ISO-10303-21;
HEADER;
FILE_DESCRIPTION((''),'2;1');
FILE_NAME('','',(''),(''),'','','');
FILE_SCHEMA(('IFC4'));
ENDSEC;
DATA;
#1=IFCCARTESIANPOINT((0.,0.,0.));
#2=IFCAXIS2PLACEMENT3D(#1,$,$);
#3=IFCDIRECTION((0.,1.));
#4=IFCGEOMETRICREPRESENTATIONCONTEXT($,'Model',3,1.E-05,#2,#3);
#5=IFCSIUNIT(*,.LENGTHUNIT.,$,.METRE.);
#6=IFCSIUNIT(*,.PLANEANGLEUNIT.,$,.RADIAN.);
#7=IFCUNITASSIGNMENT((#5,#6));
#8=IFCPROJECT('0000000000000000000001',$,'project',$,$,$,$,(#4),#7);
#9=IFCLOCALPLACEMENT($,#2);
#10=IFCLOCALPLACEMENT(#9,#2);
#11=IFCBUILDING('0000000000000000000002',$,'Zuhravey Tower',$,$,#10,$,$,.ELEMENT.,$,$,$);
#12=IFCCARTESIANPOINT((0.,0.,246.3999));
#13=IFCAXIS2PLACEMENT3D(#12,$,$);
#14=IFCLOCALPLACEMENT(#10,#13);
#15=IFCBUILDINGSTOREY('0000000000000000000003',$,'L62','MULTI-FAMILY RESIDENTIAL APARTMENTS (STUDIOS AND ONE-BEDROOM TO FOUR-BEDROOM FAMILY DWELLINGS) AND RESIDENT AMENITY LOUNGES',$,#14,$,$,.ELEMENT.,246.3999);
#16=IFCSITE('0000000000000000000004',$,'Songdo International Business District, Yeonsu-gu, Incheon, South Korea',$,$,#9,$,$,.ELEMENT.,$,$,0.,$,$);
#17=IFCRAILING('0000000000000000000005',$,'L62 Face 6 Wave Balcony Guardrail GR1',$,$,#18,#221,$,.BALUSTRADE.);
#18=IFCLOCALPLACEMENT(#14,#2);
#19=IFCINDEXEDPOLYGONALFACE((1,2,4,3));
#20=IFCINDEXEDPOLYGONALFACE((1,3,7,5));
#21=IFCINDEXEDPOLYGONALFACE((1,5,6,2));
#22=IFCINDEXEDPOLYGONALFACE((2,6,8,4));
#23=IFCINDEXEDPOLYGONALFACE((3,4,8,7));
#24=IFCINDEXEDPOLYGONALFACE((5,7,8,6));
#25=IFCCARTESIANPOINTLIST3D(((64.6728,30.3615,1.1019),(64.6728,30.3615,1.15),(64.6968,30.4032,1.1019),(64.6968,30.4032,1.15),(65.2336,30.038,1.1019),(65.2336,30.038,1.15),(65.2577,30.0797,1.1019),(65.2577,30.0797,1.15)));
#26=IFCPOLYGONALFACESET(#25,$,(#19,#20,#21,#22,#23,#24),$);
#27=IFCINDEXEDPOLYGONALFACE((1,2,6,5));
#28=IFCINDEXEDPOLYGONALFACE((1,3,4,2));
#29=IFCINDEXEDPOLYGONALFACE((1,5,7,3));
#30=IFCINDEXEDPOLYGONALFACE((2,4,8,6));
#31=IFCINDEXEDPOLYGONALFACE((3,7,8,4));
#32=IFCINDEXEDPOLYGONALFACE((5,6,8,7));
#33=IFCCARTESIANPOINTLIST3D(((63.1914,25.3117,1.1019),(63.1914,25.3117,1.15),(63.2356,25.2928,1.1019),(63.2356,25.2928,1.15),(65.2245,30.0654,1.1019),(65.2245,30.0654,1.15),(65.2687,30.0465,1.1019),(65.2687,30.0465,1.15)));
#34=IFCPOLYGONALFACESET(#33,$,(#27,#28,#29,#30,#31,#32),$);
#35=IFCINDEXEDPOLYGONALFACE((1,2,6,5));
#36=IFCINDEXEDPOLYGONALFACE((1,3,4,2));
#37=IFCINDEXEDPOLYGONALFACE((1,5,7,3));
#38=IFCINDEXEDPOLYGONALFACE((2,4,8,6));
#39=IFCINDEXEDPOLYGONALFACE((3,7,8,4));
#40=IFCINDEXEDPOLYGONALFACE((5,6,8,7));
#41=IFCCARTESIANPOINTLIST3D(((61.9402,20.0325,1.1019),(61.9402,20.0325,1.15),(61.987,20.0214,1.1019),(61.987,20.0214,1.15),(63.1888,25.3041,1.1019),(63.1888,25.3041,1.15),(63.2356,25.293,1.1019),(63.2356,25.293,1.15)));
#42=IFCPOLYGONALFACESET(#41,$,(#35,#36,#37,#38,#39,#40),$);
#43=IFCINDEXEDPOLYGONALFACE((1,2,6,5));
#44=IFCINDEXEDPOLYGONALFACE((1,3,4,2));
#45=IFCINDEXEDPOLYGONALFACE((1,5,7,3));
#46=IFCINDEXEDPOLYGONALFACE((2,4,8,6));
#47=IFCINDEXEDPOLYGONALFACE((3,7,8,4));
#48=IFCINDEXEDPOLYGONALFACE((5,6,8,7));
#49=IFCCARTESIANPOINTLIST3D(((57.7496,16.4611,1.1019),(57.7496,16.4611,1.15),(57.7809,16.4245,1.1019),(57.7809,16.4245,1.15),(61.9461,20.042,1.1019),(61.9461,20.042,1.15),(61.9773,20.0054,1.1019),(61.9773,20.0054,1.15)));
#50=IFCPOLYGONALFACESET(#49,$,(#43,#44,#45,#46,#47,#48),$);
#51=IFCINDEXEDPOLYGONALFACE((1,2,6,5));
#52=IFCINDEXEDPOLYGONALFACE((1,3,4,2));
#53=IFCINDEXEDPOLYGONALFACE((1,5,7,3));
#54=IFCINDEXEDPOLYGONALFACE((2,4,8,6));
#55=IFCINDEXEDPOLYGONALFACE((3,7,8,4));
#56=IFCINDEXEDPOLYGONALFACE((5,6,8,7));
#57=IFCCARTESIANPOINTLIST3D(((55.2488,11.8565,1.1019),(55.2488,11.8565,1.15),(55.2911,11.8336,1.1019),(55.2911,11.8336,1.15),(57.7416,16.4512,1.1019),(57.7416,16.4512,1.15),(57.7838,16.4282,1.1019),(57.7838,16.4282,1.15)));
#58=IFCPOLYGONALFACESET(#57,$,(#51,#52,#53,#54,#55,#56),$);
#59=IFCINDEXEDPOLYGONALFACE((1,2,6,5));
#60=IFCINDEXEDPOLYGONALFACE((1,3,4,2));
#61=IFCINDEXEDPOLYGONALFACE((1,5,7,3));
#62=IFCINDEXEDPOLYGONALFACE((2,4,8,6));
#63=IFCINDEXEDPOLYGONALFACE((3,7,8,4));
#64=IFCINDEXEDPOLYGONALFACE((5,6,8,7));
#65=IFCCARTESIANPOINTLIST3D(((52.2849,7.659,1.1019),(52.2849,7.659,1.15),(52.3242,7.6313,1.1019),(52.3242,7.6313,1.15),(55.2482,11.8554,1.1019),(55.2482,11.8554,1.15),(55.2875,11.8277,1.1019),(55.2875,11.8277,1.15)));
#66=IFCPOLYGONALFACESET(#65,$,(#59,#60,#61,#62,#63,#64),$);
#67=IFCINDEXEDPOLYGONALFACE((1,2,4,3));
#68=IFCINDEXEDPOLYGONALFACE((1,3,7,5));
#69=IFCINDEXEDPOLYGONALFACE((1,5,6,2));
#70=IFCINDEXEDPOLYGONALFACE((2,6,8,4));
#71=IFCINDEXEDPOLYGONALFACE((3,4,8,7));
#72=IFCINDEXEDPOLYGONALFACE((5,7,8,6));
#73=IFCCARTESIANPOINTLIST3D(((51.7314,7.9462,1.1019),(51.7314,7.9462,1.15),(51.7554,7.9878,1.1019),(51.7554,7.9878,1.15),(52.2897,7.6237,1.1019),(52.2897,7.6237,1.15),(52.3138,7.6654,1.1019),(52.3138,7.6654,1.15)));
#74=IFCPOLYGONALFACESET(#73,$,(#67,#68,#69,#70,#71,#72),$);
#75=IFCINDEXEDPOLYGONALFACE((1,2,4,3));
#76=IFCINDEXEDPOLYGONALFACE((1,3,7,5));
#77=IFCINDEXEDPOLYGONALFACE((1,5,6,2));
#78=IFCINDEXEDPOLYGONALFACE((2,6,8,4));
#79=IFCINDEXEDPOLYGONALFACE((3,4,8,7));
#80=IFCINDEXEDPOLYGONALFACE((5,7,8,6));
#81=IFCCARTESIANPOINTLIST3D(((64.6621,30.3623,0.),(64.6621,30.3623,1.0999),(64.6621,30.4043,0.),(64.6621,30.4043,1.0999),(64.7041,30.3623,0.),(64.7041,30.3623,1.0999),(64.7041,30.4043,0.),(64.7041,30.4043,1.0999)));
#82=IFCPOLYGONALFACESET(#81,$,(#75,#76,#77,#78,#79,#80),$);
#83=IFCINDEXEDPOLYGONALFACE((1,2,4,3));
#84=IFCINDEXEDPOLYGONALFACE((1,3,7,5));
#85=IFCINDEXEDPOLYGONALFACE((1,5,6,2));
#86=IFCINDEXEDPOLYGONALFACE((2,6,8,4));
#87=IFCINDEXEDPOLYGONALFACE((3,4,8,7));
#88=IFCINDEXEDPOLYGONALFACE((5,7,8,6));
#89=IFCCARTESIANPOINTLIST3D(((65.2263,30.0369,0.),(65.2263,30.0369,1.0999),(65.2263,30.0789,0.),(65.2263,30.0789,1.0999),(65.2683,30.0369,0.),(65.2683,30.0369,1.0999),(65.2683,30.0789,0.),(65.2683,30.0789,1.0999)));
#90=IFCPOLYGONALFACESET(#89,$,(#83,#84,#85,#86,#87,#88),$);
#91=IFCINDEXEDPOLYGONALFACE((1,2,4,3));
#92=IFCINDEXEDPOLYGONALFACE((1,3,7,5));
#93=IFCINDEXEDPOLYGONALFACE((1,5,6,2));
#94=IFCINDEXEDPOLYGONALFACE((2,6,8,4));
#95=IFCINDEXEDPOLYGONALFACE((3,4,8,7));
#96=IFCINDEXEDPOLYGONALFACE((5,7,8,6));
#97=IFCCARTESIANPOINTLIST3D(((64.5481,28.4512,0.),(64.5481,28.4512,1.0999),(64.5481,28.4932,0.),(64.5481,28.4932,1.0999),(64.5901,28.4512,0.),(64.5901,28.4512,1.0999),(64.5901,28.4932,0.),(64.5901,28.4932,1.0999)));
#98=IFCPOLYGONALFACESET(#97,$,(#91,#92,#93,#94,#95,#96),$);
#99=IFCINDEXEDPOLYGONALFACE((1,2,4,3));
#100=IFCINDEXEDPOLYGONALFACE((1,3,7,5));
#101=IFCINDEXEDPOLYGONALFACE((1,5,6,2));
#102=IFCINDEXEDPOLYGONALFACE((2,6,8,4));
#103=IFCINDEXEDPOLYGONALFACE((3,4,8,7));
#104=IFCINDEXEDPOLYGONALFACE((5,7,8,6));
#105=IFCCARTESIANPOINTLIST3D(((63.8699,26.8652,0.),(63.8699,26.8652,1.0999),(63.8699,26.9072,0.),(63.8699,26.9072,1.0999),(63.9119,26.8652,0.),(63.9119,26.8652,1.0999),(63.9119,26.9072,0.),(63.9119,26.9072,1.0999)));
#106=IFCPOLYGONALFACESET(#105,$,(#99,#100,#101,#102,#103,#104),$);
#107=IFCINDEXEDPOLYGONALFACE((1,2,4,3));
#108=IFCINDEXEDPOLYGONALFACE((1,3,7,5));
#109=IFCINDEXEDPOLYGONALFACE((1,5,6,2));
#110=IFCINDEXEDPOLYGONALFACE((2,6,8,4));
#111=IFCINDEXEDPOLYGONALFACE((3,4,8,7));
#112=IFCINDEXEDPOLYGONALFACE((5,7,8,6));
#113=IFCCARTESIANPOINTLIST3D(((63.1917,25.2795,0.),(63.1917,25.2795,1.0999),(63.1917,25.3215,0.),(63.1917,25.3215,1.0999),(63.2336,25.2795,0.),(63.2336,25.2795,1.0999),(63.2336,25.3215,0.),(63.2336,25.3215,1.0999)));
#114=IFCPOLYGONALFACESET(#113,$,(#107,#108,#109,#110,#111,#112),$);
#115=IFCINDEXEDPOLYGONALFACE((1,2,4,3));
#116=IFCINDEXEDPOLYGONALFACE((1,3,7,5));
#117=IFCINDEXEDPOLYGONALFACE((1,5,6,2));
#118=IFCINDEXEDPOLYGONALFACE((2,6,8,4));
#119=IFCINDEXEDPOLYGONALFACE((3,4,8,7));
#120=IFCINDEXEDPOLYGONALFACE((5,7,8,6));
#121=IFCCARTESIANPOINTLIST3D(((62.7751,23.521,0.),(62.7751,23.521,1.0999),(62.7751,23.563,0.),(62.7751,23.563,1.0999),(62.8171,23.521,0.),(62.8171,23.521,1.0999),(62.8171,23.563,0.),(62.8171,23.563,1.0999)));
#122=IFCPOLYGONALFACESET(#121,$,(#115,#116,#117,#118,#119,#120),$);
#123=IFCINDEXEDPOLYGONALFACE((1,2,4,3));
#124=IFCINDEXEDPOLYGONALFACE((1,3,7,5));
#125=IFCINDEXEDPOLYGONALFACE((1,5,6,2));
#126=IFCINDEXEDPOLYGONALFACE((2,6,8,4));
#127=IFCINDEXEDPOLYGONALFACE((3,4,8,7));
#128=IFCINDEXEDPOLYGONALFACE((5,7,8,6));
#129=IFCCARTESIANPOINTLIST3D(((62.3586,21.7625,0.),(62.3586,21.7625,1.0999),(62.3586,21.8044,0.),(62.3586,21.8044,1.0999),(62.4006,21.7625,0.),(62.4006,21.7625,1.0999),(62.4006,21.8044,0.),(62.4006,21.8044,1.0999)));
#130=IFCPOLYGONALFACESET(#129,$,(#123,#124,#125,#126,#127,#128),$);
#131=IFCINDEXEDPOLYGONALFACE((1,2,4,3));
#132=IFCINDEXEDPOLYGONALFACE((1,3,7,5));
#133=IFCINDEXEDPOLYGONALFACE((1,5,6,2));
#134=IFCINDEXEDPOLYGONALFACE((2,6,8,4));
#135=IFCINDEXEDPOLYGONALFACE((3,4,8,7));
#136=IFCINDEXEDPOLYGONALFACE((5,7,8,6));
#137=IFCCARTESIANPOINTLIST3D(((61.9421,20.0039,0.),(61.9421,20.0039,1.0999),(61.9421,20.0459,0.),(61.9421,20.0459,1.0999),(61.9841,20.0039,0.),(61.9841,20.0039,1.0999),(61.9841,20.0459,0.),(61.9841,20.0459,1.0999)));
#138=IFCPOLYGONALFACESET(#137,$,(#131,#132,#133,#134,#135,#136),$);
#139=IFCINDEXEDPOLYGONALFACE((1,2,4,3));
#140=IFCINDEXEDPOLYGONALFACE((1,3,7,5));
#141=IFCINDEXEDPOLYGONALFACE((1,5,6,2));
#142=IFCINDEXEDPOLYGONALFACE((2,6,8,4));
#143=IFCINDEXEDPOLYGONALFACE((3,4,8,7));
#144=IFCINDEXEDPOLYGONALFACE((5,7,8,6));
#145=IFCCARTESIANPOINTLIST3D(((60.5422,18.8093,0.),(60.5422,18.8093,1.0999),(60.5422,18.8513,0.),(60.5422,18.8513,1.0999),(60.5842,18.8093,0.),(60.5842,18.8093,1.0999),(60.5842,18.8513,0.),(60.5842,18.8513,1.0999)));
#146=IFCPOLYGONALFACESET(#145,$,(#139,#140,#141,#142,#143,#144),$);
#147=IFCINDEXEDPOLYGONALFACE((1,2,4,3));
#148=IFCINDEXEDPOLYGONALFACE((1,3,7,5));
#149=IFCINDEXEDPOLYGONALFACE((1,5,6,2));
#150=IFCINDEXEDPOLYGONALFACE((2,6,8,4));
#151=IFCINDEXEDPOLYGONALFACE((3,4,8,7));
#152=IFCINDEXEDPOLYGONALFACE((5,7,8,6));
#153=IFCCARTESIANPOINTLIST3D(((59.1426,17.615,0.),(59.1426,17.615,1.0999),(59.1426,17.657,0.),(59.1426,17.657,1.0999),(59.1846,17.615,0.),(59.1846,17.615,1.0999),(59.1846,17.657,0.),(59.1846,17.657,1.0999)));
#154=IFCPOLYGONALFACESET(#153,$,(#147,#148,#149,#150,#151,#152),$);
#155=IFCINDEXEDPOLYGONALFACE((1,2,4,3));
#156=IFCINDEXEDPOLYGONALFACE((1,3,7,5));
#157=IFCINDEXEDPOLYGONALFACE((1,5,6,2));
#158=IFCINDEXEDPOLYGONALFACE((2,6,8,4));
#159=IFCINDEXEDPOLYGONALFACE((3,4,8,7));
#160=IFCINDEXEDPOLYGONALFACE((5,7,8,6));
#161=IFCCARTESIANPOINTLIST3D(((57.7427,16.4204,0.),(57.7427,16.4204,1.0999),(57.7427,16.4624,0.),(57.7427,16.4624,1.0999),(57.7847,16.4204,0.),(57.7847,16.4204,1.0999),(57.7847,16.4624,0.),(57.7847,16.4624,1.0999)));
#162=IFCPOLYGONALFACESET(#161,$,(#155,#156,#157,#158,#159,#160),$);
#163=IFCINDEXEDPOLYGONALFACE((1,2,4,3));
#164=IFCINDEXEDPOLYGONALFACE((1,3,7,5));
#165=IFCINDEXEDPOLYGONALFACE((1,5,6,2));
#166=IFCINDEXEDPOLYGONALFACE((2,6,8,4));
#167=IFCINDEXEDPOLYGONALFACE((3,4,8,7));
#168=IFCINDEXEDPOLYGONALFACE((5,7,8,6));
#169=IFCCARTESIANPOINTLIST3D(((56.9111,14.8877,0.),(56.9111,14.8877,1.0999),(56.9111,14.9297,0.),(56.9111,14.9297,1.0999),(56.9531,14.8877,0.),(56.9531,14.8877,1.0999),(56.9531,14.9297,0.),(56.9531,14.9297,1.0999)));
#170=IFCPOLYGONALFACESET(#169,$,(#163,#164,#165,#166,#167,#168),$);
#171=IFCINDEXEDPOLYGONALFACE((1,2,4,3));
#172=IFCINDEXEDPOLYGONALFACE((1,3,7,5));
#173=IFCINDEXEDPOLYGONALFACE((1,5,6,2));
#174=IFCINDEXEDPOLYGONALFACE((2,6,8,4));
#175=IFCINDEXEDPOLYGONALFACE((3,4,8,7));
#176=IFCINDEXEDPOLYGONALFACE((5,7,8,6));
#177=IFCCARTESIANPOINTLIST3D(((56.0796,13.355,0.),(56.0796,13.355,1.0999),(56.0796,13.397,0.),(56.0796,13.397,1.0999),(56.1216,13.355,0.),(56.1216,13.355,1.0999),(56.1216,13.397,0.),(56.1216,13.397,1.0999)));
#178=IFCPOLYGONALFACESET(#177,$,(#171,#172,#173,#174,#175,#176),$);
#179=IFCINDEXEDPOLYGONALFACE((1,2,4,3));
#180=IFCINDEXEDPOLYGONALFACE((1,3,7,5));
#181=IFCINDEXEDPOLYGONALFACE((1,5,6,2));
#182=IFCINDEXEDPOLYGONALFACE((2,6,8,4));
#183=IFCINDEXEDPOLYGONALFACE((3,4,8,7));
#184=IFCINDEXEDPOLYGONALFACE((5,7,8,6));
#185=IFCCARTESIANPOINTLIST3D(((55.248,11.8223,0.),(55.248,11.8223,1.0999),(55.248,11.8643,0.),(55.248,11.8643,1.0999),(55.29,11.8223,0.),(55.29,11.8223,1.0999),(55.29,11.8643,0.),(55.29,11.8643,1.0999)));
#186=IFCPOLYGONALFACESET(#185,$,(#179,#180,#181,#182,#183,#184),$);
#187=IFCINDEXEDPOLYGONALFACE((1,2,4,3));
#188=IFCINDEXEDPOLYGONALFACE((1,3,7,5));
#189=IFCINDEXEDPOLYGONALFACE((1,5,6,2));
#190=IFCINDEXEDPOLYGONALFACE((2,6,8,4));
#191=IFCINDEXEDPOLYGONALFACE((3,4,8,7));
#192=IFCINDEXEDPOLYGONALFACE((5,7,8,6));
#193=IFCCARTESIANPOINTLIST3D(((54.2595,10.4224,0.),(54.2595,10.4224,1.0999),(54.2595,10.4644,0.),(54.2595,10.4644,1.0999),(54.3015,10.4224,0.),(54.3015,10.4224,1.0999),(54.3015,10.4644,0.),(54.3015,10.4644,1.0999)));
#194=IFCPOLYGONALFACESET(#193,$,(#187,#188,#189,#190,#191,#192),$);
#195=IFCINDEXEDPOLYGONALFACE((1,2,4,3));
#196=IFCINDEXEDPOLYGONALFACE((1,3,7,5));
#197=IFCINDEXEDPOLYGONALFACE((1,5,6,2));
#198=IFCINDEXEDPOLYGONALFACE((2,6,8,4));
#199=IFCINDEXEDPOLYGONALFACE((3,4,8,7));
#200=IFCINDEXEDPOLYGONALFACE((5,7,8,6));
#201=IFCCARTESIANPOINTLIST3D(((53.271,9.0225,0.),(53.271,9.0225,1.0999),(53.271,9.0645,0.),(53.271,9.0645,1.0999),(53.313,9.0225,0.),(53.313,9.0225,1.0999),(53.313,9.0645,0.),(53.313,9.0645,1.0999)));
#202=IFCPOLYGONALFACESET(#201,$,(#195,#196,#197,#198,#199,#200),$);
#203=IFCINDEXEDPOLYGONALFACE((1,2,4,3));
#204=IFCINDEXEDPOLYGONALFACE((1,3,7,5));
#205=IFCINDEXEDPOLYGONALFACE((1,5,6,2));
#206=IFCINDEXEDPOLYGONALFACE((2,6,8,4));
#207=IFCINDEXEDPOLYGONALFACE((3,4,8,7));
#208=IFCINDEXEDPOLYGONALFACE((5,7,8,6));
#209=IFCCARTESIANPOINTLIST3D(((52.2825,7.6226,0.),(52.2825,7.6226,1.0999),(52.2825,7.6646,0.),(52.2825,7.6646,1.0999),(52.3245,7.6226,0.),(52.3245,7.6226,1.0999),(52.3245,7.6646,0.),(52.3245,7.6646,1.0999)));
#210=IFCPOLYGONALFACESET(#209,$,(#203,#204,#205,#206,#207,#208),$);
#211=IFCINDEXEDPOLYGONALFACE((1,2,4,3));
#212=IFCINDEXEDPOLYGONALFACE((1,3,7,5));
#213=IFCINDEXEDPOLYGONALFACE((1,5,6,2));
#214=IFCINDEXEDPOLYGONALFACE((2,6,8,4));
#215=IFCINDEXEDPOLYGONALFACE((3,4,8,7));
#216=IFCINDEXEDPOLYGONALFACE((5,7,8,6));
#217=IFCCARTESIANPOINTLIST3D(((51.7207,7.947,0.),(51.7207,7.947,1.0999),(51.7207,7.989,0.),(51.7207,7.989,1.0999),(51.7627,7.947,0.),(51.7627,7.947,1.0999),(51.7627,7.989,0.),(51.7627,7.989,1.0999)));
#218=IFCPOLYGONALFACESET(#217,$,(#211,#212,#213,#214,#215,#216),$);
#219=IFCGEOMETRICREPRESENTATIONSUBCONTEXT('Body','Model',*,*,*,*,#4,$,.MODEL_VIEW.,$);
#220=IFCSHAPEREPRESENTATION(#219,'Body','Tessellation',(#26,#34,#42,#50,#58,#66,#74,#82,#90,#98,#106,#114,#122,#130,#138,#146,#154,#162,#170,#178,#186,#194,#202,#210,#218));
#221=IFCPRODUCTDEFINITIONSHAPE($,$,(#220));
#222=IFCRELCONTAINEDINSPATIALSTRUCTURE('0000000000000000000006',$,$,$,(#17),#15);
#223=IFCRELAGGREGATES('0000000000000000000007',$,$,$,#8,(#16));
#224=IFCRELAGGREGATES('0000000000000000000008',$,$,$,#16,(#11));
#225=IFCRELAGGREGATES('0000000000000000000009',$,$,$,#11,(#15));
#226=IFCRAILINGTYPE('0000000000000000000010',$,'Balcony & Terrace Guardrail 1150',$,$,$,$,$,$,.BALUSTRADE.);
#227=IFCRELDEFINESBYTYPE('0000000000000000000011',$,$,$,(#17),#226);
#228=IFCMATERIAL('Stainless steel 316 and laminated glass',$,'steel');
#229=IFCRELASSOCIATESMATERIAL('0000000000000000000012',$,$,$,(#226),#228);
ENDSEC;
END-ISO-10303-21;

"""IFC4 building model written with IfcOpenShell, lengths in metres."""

from ifc_helpers import new_model, si_unit, direction, frame, origin, origin_2d, place, context, subcontext, project, spatial, rectangle, extrude, material, type_object, element, save


model = new_model("IFC4")

# Units and contexts
model_context = context("Model", 3, precision=1e-05, world=origin(), true_north=direction((0.0, 1.0)))
body_context = subcontext(model_context, "Body", "Model", "MODEL_VIEW")
ifc_project = project(units=[si_unit("LENGTHUNIT", "METRE"), si_unit("PLANEANGLEUNIT", "RADIAN")], contexts=[model_context])

# Site, building, storey
site_placement = place(None, origin())
site = spatial("IfcSite", under=ifc_project, at=site_placement, Name="Songdo International Business District, Yeonsu-gu, Incheon, South Korea", CompositionType="ELEMENT", RefElevation=0.0)
building_placement = place(site_placement, origin())
building = spatial("IfcBuilding", under=site, at=building_placement, Name="Zuhravey Tower", CompositionType="ELEMENT")
storey_placement = place(building_placement, frame((0.0, 0.0, 246.3999)))
storey = spatial("IfcBuildingStorey", under=building, at=storey_placement, Name="L62", Description="MULTI-FAMILY RESIDENTIAL APARTMENTS (STUDIOS AND ONE-BEDROOM TO FOUR-BEDROOM FAMILY DWELLINGS) AND RESIDENT AMENITY LOUNGES", CompositionType="ELEMENT", Elevation=246.3999)

# Railing
ifc_material_1 = material(Name="Stainless steel 316 and laminated glass", Category="steel")
railing_type = type_object("IfcRailingType", Name="Balcony & Terrace Guardrail 1150", PredefinedType="BALUSTRADE", material=ifc_material_1)
railing_placement = place(storey_placement, frame((64.6831, 30.3833, 0.0)))
element("IfcRailing", 1, at=railing_placement, inside=storey, type_object=railing_type, Name="L62 Face 6 Wave Balcony Guardrail GR1", PredefinedType="BALUSTRADE", context=body_context, shape_type="SweptSolid", body=[
    extrude(rectangle(XDim=0.0481, YDim=0.0481, at=origin_2d()), frame((0.0017, -0.001, 1.126), z_axis=(0.866229, -0.499647, 0.0), x_axis=(0.499647, 0.866229, 0.0)), (0.0, 0.0, 1.0), 0.6475),
    extrude(rectangle(XDim=0.0481, YDim=0.0481, at=origin_2d()), frame((0.5635, -0.3274, 1.126), z_axis=(-0.393236, -0.919438, 0.0), x_axis=(0.919438, -0.393236, 0.0)), (0.0, 0.0, 1.0), 5.1702),
    extrude(rectangle(XDim=0.0481, YDim=0.0481, at=origin_2d()), frame((-1.4709, -5.0847, 1.126), z_axis=(-0.23047, -0.973079, 0.0), x_axis=(0.973079, -0.23047, 0.0)), (0.0, 0.0, 1.0), 5.4175),
    extrude(rectangle(XDim=0.0481, YDim=0.0481, at=origin_2d()), frame((-2.7214, -10.3596, 1.126), z_axis=(-0.760691, -0.649114, 0.0), x_axis=(0.649114, -0.760691, 0.0)), (0.0, 0.0, 1.0), 5.5166),
    extrude(rectangle(XDim=0.0481, YDim=0.0481, at=origin_2d()), frame((-6.9204, -13.9436, 1.126), z_axis=(-0.476869, -0.878974, 0.0), x_axis=(0.878974, -0.476869, 0.0)), (0.0, 0.0, 1.0), 5.2273),
    extrude(rectangle(XDim=0.0481, YDim=0.0481, at=origin_2d()), frame((-9.4153, -18.5417, 1.126), z_axis=(-0.576823, -0.816869, 0.0), x_axis=(0.816869, -0.576823, 0.0)), (0.0, 0.0, 1.0), 5.1372),
    extrude(rectangle(XDim=0.0481, YDim=0.0481, at=origin_2d()), frame((-12.3813, -22.7388, 1.126), z_axis=(-0.865941, 0.500146, 0.0), x_axis=(-0.500146, -0.865941, 0.0)), (0.0, 0.0, 1.0), 0.6448),
    extrude(rectangle(XDim=0.042, YDim=0.042, at=origin_2d()), origin(), (0.0, 0.0, 1.0), 1.0999),
    extrude(rectangle(XDim=0.042, YDim=0.042, at=origin_2d()), frame((0.5642, -0.3254, 0.0)), (0.0, 0.0, 1.0), 1.0999),
    extrude(rectangle(XDim=0.042, YDim=0.042, at=origin_2d()), frame((-0.114, -1.9111, 0.0)), (0.0, 0.0, 1.0), 1.0999),
    extrude(rectangle(XDim=0.042, YDim=0.042, at=origin_2d()), frame((-0.7922, -3.4971, 0.0)), (0.0, 0.0, 1.0), 1.0999),
    extrude(rectangle(XDim=0.042, YDim=0.042, at=origin_2d()), frame((-1.4705, -5.0828, 0.0)), (0.0, 0.0, 1.0), 1.0999),
    extrude(rectangle(XDim=0.042, YDim=0.042, at=origin_2d()), frame((-1.887, -6.8413, 0.0)), (0.0, 0.0, 1.0), 1.0999),
    extrude(rectangle(XDim=0.042, YDim=0.042, at=origin_2d()), frame((-2.3035, -8.5999, 0.0)), (0.0, 0.0, 1.0), 1.0999),
    extrude(rectangle(XDim=0.042, YDim=0.042, at=origin_2d()), frame((-2.72, -10.3584, 0.0)), (0.0, 0.0, 1.0), 1.0999),
    extrude(rectangle(XDim=0.042, YDim=0.042, at=origin_2d()), frame((-4.1199, -11.553, 0.0)), (0.0, 0.0, 1.0), 1.0999),
    extrude(rectangle(XDim=0.042, YDim=0.042, at=origin_2d()), frame((-5.5195, -12.7473, 0.0)), (0.0, 0.0, 1.0), 1.0999),
    extrude(rectangle(XDim=0.042, YDim=0.042, at=origin_2d()), frame((-6.9194, -13.9419, 0.0)), (0.0, 0.0, 1.0), 1.0999),
    extrude(rectangle(XDim=0.042, YDim=0.042, at=origin_2d()), frame((-7.751, -15.4746, 0.0)), (0.0, 0.0, 1.0), 1.0999),
    extrude(rectangle(XDim=0.042, YDim=0.042, at=origin_2d()), frame((-8.5825, -17.0073, 0.0)), (0.0, 0.0, 1.0), 1.0999),
    extrude(rectangle(XDim=0.042, YDim=0.042, at=origin_2d()), frame((-9.4141, -18.54, 0.0)), (0.0, 0.0, 1.0), 1.0999),
    extrude(rectangle(XDim=0.042, YDim=0.042, at=origin_2d()), frame((-10.4026, -19.9399, 0.0)), (0.0, 0.0, 1.0), 1.0999),
    extrude(rectangle(XDim=0.042, YDim=0.042, at=origin_2d()), frame((-11.3911, -21.3398, 0.0)), (0.0, 0.0, 1.0), 1.0999),
    extrude(rectangle(XDim=0.042, YDim=0.042, at=origin_2d()), frame((-12.3796, -22.7397, 0.0)), (0.0, 0.0, 1.0), 1.0999),
    extrude(rectangle(XDim=0.042, YDim=0.042, at=origin_2d()), frame((-12.9414, -22.4153, 0.0)), (0.0, 0.0, 1.0), 1.0999),
])

save(model, "model.ifc")
